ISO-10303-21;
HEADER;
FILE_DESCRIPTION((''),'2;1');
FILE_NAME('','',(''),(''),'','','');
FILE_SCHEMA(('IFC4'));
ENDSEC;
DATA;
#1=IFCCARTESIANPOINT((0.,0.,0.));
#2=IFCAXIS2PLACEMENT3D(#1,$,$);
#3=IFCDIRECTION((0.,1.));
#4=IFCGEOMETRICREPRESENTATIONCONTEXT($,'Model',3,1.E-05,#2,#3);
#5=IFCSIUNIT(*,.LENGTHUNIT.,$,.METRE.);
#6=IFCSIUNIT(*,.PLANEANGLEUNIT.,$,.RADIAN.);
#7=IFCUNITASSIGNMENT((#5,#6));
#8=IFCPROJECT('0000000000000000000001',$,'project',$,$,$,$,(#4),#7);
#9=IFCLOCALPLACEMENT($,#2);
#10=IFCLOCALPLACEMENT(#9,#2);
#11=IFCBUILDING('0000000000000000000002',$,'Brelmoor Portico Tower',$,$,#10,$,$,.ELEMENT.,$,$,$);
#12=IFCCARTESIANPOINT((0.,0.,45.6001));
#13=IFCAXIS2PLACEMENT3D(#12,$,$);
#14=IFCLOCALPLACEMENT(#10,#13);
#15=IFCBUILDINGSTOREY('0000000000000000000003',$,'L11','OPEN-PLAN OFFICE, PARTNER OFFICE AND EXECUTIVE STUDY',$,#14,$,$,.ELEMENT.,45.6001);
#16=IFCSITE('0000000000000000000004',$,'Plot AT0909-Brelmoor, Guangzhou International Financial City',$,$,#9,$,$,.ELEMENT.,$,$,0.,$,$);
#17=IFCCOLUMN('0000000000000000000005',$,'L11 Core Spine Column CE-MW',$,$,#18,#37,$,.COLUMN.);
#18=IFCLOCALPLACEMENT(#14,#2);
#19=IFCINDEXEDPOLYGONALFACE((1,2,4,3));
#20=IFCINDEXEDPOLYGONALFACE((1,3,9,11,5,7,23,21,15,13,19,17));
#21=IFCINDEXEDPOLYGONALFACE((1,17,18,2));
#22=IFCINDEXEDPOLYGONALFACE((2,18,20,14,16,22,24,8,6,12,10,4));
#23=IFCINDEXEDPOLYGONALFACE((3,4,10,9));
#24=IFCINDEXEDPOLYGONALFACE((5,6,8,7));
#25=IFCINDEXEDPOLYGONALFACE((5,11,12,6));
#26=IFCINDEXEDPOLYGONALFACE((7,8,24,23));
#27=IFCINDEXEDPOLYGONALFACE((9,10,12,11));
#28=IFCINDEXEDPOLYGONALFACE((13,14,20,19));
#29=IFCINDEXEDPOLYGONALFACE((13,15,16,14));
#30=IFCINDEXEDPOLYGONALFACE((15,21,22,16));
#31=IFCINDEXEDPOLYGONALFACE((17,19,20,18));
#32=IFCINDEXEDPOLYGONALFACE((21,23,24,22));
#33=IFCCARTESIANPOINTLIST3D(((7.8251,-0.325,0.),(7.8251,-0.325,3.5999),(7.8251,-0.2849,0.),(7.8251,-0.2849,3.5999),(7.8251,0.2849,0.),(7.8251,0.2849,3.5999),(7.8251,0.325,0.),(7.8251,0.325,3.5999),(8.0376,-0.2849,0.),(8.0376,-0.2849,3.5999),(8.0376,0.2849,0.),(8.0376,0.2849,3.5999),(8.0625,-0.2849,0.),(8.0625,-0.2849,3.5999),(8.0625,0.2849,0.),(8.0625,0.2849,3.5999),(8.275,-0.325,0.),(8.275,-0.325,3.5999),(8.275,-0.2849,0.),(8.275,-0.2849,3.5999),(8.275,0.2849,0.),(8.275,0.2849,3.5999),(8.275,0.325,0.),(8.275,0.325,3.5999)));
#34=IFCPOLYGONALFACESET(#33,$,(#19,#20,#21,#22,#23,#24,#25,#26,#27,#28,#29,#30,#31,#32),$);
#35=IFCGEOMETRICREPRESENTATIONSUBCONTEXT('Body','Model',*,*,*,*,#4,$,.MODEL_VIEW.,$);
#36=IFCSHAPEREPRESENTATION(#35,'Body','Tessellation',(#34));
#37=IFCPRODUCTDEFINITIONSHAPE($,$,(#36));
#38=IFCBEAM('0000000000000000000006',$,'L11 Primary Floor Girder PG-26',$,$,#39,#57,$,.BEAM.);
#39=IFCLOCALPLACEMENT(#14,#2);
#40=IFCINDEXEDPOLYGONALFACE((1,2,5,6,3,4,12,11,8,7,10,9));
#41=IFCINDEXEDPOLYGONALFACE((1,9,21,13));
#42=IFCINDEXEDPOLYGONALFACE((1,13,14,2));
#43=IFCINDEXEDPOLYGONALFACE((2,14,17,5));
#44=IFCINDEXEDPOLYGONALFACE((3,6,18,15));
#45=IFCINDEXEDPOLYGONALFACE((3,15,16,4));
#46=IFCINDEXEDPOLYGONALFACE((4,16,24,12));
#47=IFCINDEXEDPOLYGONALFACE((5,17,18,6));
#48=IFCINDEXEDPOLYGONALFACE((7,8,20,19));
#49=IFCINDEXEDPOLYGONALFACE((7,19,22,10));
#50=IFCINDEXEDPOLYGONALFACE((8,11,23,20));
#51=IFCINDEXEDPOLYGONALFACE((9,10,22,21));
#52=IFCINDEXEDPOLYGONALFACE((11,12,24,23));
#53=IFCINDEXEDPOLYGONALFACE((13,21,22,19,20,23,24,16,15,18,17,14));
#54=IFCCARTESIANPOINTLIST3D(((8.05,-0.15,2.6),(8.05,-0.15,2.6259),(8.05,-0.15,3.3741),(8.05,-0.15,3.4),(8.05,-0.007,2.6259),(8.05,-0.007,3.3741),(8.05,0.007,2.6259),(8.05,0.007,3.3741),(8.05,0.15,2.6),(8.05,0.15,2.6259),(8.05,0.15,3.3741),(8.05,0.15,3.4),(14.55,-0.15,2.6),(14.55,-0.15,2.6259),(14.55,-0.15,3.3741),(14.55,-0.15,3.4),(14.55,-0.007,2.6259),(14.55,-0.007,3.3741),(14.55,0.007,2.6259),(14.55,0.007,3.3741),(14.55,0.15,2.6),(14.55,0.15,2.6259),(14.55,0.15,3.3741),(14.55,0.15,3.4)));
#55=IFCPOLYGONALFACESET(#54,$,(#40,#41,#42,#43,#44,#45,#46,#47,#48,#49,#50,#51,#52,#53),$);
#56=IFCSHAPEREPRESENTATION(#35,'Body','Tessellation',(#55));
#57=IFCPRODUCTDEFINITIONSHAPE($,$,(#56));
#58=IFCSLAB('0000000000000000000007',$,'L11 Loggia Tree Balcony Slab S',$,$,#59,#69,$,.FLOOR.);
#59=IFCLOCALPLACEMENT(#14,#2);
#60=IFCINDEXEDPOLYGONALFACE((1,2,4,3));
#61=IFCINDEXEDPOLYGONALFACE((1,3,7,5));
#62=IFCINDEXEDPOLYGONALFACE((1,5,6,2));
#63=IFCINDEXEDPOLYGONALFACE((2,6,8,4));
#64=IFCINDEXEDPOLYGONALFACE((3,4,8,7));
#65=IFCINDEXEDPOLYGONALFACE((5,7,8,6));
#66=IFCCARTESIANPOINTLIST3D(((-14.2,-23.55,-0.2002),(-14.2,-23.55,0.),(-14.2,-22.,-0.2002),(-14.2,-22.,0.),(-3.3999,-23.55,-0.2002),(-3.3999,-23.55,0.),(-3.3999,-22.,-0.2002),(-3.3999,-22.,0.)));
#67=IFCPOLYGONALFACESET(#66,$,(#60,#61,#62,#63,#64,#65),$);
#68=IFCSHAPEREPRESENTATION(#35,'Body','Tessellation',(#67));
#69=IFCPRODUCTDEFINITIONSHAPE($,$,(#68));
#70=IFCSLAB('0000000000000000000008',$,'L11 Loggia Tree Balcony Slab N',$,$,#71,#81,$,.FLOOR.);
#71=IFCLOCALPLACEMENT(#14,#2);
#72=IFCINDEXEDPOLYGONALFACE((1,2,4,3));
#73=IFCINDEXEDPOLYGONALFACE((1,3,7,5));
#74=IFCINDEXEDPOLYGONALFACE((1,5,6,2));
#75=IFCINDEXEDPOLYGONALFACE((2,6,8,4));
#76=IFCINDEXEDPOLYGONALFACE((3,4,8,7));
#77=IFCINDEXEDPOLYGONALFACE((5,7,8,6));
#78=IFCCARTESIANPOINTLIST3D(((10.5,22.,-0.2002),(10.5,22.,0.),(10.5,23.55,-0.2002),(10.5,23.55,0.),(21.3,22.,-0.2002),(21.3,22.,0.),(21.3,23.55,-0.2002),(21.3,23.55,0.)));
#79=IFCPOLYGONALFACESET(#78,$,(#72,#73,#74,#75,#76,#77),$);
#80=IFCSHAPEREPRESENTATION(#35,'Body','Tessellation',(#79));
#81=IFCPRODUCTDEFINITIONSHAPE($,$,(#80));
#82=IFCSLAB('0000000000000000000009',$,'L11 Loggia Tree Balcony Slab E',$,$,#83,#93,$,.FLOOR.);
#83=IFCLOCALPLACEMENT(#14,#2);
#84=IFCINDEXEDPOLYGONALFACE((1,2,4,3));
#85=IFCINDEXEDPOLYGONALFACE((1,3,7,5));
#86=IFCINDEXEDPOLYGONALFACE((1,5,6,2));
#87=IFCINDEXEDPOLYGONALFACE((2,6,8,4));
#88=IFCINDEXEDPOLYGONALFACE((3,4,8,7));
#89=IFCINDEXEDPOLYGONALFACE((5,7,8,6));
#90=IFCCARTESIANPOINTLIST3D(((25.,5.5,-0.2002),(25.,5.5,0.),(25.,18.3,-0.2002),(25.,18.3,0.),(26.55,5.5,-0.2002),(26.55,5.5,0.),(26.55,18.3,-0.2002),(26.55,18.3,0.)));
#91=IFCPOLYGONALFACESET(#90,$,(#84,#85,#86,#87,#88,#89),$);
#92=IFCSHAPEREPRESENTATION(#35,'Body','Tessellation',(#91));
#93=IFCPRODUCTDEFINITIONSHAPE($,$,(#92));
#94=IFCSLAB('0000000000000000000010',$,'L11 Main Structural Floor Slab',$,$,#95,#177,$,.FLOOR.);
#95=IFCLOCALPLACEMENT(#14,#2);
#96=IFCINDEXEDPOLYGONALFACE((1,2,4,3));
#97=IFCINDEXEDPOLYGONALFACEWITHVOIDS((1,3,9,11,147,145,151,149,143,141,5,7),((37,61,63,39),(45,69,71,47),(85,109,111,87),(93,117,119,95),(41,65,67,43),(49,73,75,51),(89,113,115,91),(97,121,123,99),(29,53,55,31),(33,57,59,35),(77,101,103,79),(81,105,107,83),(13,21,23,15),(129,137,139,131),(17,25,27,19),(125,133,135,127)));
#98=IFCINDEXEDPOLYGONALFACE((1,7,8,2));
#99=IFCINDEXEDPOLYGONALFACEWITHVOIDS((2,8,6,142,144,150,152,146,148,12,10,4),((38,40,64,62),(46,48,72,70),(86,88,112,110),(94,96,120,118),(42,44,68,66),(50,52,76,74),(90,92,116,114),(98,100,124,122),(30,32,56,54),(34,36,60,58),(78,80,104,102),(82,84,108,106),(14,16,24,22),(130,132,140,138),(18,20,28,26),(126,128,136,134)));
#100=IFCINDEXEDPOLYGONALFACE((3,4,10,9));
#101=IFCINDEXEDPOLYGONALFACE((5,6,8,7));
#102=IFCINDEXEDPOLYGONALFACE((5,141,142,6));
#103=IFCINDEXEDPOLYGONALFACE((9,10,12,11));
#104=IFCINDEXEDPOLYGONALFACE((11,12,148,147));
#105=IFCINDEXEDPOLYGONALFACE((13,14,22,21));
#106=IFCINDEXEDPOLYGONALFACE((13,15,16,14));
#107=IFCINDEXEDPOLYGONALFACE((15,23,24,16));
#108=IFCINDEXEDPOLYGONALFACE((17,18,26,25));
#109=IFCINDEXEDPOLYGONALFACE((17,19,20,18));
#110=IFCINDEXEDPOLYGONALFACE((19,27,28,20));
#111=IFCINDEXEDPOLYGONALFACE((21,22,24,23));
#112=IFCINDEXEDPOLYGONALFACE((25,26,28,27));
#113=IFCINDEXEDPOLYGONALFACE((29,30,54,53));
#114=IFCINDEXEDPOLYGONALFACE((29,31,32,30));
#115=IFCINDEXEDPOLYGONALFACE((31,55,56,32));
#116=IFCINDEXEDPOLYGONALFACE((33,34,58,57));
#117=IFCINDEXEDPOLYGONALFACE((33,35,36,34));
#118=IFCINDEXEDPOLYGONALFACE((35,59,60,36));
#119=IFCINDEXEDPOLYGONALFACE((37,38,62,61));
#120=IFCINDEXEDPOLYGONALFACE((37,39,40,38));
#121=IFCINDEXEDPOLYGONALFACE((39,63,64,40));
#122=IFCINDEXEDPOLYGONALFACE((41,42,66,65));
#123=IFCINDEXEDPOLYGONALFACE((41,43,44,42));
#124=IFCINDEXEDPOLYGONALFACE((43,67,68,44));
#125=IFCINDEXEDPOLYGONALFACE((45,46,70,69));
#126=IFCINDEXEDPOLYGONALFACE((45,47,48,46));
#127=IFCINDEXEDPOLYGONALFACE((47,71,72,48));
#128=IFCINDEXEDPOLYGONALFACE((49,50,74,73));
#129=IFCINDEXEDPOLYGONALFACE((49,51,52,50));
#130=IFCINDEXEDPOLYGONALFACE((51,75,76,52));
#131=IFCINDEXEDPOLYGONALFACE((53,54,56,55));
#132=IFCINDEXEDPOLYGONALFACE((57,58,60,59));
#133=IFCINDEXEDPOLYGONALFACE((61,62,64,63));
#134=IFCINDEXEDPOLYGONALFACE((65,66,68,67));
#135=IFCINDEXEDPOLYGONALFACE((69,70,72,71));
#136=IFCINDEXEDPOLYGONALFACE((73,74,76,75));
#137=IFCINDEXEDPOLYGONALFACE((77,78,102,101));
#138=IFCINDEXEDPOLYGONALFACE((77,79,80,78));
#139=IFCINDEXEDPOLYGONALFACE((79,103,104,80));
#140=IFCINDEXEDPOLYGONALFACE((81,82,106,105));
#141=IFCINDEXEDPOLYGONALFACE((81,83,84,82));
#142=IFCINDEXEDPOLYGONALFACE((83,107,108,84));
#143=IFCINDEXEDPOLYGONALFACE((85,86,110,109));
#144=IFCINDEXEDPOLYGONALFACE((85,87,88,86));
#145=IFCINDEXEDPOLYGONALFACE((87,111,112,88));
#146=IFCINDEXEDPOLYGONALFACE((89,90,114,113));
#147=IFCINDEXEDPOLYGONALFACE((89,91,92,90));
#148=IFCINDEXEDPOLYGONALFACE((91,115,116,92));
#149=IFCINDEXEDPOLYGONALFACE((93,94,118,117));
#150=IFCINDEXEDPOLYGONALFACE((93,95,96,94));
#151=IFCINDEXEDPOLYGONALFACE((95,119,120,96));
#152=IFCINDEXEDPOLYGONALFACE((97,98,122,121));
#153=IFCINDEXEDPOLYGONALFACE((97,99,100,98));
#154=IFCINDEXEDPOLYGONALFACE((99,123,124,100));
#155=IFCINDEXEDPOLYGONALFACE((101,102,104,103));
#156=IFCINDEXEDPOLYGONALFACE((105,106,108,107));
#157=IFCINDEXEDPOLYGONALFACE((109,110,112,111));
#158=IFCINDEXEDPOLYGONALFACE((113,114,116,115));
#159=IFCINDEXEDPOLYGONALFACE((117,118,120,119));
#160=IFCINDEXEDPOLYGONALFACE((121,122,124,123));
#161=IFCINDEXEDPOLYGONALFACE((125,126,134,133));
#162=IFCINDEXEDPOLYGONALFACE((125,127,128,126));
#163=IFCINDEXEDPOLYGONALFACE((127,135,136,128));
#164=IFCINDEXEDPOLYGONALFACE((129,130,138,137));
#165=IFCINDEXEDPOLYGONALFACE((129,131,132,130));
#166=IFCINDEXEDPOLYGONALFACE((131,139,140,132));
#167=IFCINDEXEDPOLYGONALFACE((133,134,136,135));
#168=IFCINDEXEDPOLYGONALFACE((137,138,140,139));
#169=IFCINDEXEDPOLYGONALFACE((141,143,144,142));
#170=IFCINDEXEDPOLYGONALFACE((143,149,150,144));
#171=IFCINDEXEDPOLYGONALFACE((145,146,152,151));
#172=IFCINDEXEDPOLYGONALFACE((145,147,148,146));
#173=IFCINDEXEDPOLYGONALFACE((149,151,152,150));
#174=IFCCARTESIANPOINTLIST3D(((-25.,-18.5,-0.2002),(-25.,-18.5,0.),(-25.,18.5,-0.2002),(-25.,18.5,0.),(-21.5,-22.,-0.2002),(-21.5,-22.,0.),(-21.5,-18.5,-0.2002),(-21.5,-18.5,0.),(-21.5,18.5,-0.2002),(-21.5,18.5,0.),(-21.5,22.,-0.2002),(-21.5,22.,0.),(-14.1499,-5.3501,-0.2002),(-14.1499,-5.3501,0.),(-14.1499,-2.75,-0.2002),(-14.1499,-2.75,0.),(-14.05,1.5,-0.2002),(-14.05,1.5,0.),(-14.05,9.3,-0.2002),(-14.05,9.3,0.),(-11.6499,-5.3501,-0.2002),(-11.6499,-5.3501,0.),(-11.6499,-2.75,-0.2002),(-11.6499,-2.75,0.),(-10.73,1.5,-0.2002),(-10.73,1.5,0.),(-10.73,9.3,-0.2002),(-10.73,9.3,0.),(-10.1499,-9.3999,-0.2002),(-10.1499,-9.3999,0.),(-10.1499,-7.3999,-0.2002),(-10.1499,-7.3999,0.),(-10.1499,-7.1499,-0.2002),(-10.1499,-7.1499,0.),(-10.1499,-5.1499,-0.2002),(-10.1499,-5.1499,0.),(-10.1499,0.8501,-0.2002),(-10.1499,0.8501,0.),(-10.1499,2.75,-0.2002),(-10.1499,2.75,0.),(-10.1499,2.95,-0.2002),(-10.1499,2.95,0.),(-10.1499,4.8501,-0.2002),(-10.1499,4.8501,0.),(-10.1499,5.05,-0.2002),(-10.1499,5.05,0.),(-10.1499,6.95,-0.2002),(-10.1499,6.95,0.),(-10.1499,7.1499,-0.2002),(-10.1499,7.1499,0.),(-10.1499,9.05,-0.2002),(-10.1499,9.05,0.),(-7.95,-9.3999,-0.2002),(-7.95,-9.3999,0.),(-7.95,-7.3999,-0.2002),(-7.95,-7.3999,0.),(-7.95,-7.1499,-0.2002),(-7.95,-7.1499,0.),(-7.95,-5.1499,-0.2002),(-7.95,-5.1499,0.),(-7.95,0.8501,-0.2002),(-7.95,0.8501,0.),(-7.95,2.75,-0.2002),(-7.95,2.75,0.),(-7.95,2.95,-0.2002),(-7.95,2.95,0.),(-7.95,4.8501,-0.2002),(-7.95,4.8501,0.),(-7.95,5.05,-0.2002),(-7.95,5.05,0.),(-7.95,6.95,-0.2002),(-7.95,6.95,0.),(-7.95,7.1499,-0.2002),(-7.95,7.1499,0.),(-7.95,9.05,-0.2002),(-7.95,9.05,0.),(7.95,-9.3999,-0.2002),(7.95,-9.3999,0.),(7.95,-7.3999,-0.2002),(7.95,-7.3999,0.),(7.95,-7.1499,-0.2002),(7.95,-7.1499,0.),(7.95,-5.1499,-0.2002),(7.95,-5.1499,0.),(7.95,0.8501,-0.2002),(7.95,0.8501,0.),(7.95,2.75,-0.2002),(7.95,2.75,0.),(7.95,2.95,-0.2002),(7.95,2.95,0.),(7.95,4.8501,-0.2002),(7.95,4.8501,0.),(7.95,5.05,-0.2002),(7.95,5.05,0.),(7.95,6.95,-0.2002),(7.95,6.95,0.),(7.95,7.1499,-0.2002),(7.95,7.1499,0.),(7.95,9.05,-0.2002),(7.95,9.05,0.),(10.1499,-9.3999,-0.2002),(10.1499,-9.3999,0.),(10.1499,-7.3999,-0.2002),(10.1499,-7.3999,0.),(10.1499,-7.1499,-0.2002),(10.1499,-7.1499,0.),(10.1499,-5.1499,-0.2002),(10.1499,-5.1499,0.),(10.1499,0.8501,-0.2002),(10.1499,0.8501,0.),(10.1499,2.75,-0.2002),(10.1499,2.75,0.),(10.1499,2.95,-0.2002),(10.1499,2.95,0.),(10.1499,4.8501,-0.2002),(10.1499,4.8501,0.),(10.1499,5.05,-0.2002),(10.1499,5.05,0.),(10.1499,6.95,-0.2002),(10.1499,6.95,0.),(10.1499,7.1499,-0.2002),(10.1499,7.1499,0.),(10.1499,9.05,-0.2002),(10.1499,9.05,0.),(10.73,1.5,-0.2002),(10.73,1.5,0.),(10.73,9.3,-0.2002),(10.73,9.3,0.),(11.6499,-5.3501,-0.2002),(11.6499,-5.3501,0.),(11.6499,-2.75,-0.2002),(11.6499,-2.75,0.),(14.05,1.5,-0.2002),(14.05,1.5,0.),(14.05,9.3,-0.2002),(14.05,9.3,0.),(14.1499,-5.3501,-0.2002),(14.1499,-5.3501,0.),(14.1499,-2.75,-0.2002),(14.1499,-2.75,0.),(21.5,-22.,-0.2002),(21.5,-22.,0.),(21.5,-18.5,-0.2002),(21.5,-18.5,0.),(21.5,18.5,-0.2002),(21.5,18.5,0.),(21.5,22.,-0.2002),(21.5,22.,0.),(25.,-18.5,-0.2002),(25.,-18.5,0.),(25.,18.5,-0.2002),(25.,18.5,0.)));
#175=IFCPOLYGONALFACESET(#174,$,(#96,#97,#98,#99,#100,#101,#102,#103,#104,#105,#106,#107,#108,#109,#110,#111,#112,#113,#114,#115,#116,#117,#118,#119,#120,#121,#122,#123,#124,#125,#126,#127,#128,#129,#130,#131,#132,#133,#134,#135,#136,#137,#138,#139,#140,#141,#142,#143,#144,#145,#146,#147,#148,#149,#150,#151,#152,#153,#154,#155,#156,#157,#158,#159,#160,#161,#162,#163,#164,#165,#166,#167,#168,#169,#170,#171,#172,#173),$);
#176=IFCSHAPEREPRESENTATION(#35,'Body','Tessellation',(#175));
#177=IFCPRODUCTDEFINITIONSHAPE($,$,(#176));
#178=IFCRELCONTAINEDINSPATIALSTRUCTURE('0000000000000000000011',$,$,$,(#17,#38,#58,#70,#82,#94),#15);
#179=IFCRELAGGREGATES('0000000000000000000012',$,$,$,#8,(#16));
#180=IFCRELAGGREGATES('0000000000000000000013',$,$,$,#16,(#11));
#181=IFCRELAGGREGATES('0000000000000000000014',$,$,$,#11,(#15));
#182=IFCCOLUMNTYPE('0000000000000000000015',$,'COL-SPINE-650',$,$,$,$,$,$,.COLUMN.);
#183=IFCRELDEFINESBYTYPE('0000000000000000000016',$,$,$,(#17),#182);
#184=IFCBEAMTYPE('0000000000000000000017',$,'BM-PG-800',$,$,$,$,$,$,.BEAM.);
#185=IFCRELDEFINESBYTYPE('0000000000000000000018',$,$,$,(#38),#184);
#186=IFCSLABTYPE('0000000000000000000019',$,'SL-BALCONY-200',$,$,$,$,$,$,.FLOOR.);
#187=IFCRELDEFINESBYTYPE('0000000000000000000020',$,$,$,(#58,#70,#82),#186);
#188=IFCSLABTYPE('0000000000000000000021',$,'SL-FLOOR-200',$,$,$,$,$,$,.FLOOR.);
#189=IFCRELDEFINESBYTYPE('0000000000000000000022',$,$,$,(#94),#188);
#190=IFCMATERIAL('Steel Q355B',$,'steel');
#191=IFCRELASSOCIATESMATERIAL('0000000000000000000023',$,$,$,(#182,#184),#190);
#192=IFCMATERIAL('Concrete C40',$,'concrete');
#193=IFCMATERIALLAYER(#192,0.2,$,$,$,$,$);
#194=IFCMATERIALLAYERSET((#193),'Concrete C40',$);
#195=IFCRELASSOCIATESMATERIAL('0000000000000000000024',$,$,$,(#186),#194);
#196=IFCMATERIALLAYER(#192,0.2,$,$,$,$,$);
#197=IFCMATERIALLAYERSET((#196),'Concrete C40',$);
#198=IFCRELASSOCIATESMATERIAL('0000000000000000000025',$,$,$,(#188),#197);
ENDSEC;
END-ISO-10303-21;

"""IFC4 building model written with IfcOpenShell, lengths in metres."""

from ifc_helpers import new_model, si_unit, direction, frame, origin, origin_2d, place, context, subcontext, project, spatial, polyline, i_section, outline, extrude, material, layer, layer_set, material_profile, profile_set, type_object, element, save


model = new_model("IFC4")

# Units and contexts
model_context = context("Model", 3, precision=1e-05, world=origin(), true_north=direction((0.0, 1.0)))
body_context = subcontext(model_context, "Body", "Model", "MODEL_VIEW")
ifc_project = project(units=[si_unit("LENGTHUNIT", "METRE"), si_unit("PLANEANGLEUNIT", "RADIAN")], contexts=[model_context])

# Site, building, storey
site_placement = place(None, origin())
site = spatial("IfcSite", under=ifc_project, at=site_placement, Name="Plot AT0909-Brelmoor, Guangzhou International Financial City", CompositionType="ELEMENT", RefElevation=0.0)
building_placement = place(site_placement, origin())
building = spatial("IfcBuilding", under=site, at=building_placement, Name="Brelmoor Portico Tower", CompositionType="ELEMENT")
storey_placement = place(building_placement, frame((0.0, 0.0, 45.6001)))
storey = spatial("IfcBuildingStorey", under=building, at=storey_placement, Name="L11", Description="OPEN-PLAN OFFICE, PARTNER OFFICE AND EXECUTIVE STUDY", CompositionType="ELEMENT", Elevation=45.6001)

# Column
ifc_material_1 = material(Name="Steel Q355B", Category="steel")
ifc_material_profile_1 = material_profile(ifc_material_1, i_section(OverallWidth=0.45, OverallDepth=0.6499, WebThickness=0.0249, FlangeThickness=0.04, at=origin_2d()), Name="HW 650x450x25x40")
ifc_profile_set_1 = profile_set([ifc_material_profile_1], Name="Steel Q355B")
column_type = type_object("IfcColumnType", Name="COL-SPINE-650", PredefinedType="COLUMN", material=ifc_profile_set_1)
column_placement = place(storey_placement, frame((8.05, 0.0, 0.0), z_axis=(0.0, 0.0, 1.0), x_axis=(1.0, 0.0, 0.0)))
element("IfcColumn", 1, at=column_placement, inside=storey, type_object=column_type, Name="L11 Core Spine Column CE-MW", PredefinedType="COLUMN", context=body_context, shape_type="SweptSolid", body=[
    extrude(i_section(OverallWidth=0.45, OverallDepth=0.6499, WebThickness=0.0249, FlangeThickness=0.04, at=origin_2d()), origin(), (0.0, 0.0, 1.0), 3.5999),
])

# Beam
ifc_material_profile_2 = material_profile(ifc_material_1, i_section(OverallWidth=0.3, OverallDepth=0.8, WebThickness=0.0139, FlangeThickness=0.0259, at=origin_2d()), Name="HN 800x300x14x26")
ifc_profile_set_2 = profile_set([ifc_material_profile_2], Name="Steel Q355B")
beam_type = type_object("IfcBeamType", Name="BM-PG-800", PredefinedType="BEAM", material=ifc_profile_set_2)
beam_placement = place(storey_placement, frame((8.05, 0.0, 3.0), z_axis=(1.0, 0.0, 0.0), x_axis=(0.0, 1.0, 0.0)))
element("IfcBeam", 2, at=beam_placement, inside=storey, type_object=beam_type, Name="L11 Primary Floor Girder PG-26", PredefinedType="BEAM", context=body_context, shape_type="SweptSolid", body=[
    extrude(i_section(OverallWidth=0.3, OverallDepth=0.8, WebThickness=0.0139, FlangeThickness=0.0259, at=origin_2d()), origin(), (0.0, 0.0, 1.0), 6.5),
])

# Slabs
ifc_material_2 = material(Name="Concrete C40", Category="concrete")
ifc_layer_1 = layer(ifc_material_2, 0.2)
ifc_layer_set_1 = layer_set([ifc_layer_1], Name="Concrete C40")
slab_type_1 = type_object("IfcSlabType", Name="SL-BALCONY-200", PredefinedType="FLOOR", material=ifc_layer_set_1)
slab_1_placement = place(storey_placement, frame((0.0, 0.0, -0.2002)))
element("IfcSlab", 3, at=slab_1_placement, inside=storey, type_object=slab_type_1, Name="L11 Loggia Tree Balcony Slab S", PredefinedType="FLOOR", context=body_context, shape_type="SweptSolid", body=[
    extrude(outline(polyline([(-14.2, -23.55), (-3.3999, -23.55), (-3.3999, -22.0), (-14.2, -22.0), (-14.2, -23.55)])), origin(), (0.0, 0.0, 1.0), 0.2002),
])
slab_2_placement = place(storey_placement, frame((0.0, 0.0, -0.2002)))
element("IfcSlab", 4, at=slab_2_placement, inside=storey, type_object=slab_type_1, Name="L11 Loggia Tree Balcony Slab N", PredefinedType="FLOOR", context=body_context, shape_type="SweptSolid", body=[
    extrude(outline(polyline([(10.5, 22.0), (21.3, 22.0), (21.3, 23.55), (10.5, 23.55), (10.5, 22.0)])), origin(), (0.0, 0.0, 1.0), 0.2002),
])
slab_3_placement = place(storey_placement, frame((0.0, 0.0, -0.2002)))
element("IfcSlab", 5, at=slab_3_placement, inside=storey, type_object=slab_type_1, Name="L11 Loggia Tree Balcony Slab E", PredefinedType="FLOOR", context=body_context, shape_type="SweptSolid", body=[
    extrude(outline(polyline([(25.0, 5.5), (26.55, 5.5), (26.55, 18.3), (25.0, 18.3), (25.0, 5.5)])), origin(), (0.0, 0.0, 1.0), 0.2002),
])
ifc_layer_2 = layer(ifc_material_2, 0.2)
ifc_layer_set_2 = layer_set([ifc_layer_2], Name="Concrete C40")
slab_type_2 = type_object("IfcSlabType", Name="SL-FLOOR-200", PredefinedType="FLOOR", material=ifc_layer_set_2)
slab_4_placement = place(storey_placement, frame((0.0, 0.0, -0.2002)))
element("IfcSlab", 6, at=slab_4_placement, inside=storey, type_object=slab_type_2, Name="L11 Main Structural Floor Slab", PredefinedType="FLOOR", context=body_context, shape_type="SweptSolid", body=[
    extrude(outline(polyline([(-21.5, -22.0), (21.5, -22.0), (21.5, -18.5), (25.0, -18.5), (25.0, 18.5), (21.5, 18.5), (21.5, 22.0), (-21.5, 22.0), (-21.5, 18.5), (-25.0, 18.5), (-25.0, -18.5), (-21.5, -18.5), (-21.5, -22.0)]), holes=[polyline([(-10.73, 1.5), (-10.73, 9.3), (-14.05, 9.3), (-14.05, 1.5), (-10.73, 1.5)]), polyline([(14.05, 1.5), (14.05, 9.3), (10.73, 9.3), (10.73, 1.5), (14.05, 1.5)]), polyline([(-10.1499, 0.8501), (-7.95, 0.8501), (-7.95, 2.75), (-10.1499, 2.75), (-10.1499, 0.8501)]), polyline([(-10.1499, 2.95), (-7.95, 2.95), (-7.95, 4.8501), (-10.1499, 4.8501), (-10.1499, 2.95)]), polyline([(-10.1499, 5.05), (-7.95, 5.05), (-7.95, 6.95), (-10.1499, 6.95), (-10.1499, 5.05)]), polyline([(-10.1499, 7.1499), (-7.95, 7.1499), (-7.95, 9.05), (-10.1499, 9.05), (-10.1499, 7.1499)]), polyline([(7.95, 0.8501), (10.1499, 0.8501), (10.1499, 2.75), (7.95, 2.75), (7.95, 0.8501)]), polyline([(7.95, 2.95), (10.1499, 2.95), (10.1499, 4.8501), (7.95, 4.8501), (7.95, 2.95)]), polyline([(7.95, 5.05), (10.1499, 5.05), (10.1499, 6.95), (7.95, 6.95), (7.95, 5.05)]), polyline([(7.95, 7.1499), (10.1499, 7.1499), (10.1499, 9.05), (7.95, 9.05), (7.95, 7.1499)]), polyline([(-10.1499, -9.3999), (-7.95, -9.3999), (-7.95, -7.3999), (-10.1499, -7.3999), (-10.1499, -9.3999)]), polyline([(-10.1499, -7.1499), (-7.95, -7.1499), (-7.95, -5.1499), (-10.1499, -5.1499), (-10.1499, -7.1499)]), polyline([(7.95, -9.3999), (10.1499, -9.3999), (10.1499, -7.3999), (7.95, -7.3999), (7.95, -9.3999)]), polyline([(7.95, -7.1499), (10.1499, -7.1499), (10.1499, -5.1499), (7.95, -5.1499), (7.95, -7.1499)]), polyline([(-14.1499, -5.3501), (-11.6499, -5.3501), (-11.6499, -2.75), (-14.1499, -2.75), (-14.1499, -5.3501)]), polyline([(11.6499, -5.3501), (14.1499, -5.3501), (14.1499, -2.75), (11.6499, -2.75), (11.6499, -5.3501)])]), origin(), (0.0, 0.0, 1.0), 0.2002),
])

save(model, "model.ifc")
